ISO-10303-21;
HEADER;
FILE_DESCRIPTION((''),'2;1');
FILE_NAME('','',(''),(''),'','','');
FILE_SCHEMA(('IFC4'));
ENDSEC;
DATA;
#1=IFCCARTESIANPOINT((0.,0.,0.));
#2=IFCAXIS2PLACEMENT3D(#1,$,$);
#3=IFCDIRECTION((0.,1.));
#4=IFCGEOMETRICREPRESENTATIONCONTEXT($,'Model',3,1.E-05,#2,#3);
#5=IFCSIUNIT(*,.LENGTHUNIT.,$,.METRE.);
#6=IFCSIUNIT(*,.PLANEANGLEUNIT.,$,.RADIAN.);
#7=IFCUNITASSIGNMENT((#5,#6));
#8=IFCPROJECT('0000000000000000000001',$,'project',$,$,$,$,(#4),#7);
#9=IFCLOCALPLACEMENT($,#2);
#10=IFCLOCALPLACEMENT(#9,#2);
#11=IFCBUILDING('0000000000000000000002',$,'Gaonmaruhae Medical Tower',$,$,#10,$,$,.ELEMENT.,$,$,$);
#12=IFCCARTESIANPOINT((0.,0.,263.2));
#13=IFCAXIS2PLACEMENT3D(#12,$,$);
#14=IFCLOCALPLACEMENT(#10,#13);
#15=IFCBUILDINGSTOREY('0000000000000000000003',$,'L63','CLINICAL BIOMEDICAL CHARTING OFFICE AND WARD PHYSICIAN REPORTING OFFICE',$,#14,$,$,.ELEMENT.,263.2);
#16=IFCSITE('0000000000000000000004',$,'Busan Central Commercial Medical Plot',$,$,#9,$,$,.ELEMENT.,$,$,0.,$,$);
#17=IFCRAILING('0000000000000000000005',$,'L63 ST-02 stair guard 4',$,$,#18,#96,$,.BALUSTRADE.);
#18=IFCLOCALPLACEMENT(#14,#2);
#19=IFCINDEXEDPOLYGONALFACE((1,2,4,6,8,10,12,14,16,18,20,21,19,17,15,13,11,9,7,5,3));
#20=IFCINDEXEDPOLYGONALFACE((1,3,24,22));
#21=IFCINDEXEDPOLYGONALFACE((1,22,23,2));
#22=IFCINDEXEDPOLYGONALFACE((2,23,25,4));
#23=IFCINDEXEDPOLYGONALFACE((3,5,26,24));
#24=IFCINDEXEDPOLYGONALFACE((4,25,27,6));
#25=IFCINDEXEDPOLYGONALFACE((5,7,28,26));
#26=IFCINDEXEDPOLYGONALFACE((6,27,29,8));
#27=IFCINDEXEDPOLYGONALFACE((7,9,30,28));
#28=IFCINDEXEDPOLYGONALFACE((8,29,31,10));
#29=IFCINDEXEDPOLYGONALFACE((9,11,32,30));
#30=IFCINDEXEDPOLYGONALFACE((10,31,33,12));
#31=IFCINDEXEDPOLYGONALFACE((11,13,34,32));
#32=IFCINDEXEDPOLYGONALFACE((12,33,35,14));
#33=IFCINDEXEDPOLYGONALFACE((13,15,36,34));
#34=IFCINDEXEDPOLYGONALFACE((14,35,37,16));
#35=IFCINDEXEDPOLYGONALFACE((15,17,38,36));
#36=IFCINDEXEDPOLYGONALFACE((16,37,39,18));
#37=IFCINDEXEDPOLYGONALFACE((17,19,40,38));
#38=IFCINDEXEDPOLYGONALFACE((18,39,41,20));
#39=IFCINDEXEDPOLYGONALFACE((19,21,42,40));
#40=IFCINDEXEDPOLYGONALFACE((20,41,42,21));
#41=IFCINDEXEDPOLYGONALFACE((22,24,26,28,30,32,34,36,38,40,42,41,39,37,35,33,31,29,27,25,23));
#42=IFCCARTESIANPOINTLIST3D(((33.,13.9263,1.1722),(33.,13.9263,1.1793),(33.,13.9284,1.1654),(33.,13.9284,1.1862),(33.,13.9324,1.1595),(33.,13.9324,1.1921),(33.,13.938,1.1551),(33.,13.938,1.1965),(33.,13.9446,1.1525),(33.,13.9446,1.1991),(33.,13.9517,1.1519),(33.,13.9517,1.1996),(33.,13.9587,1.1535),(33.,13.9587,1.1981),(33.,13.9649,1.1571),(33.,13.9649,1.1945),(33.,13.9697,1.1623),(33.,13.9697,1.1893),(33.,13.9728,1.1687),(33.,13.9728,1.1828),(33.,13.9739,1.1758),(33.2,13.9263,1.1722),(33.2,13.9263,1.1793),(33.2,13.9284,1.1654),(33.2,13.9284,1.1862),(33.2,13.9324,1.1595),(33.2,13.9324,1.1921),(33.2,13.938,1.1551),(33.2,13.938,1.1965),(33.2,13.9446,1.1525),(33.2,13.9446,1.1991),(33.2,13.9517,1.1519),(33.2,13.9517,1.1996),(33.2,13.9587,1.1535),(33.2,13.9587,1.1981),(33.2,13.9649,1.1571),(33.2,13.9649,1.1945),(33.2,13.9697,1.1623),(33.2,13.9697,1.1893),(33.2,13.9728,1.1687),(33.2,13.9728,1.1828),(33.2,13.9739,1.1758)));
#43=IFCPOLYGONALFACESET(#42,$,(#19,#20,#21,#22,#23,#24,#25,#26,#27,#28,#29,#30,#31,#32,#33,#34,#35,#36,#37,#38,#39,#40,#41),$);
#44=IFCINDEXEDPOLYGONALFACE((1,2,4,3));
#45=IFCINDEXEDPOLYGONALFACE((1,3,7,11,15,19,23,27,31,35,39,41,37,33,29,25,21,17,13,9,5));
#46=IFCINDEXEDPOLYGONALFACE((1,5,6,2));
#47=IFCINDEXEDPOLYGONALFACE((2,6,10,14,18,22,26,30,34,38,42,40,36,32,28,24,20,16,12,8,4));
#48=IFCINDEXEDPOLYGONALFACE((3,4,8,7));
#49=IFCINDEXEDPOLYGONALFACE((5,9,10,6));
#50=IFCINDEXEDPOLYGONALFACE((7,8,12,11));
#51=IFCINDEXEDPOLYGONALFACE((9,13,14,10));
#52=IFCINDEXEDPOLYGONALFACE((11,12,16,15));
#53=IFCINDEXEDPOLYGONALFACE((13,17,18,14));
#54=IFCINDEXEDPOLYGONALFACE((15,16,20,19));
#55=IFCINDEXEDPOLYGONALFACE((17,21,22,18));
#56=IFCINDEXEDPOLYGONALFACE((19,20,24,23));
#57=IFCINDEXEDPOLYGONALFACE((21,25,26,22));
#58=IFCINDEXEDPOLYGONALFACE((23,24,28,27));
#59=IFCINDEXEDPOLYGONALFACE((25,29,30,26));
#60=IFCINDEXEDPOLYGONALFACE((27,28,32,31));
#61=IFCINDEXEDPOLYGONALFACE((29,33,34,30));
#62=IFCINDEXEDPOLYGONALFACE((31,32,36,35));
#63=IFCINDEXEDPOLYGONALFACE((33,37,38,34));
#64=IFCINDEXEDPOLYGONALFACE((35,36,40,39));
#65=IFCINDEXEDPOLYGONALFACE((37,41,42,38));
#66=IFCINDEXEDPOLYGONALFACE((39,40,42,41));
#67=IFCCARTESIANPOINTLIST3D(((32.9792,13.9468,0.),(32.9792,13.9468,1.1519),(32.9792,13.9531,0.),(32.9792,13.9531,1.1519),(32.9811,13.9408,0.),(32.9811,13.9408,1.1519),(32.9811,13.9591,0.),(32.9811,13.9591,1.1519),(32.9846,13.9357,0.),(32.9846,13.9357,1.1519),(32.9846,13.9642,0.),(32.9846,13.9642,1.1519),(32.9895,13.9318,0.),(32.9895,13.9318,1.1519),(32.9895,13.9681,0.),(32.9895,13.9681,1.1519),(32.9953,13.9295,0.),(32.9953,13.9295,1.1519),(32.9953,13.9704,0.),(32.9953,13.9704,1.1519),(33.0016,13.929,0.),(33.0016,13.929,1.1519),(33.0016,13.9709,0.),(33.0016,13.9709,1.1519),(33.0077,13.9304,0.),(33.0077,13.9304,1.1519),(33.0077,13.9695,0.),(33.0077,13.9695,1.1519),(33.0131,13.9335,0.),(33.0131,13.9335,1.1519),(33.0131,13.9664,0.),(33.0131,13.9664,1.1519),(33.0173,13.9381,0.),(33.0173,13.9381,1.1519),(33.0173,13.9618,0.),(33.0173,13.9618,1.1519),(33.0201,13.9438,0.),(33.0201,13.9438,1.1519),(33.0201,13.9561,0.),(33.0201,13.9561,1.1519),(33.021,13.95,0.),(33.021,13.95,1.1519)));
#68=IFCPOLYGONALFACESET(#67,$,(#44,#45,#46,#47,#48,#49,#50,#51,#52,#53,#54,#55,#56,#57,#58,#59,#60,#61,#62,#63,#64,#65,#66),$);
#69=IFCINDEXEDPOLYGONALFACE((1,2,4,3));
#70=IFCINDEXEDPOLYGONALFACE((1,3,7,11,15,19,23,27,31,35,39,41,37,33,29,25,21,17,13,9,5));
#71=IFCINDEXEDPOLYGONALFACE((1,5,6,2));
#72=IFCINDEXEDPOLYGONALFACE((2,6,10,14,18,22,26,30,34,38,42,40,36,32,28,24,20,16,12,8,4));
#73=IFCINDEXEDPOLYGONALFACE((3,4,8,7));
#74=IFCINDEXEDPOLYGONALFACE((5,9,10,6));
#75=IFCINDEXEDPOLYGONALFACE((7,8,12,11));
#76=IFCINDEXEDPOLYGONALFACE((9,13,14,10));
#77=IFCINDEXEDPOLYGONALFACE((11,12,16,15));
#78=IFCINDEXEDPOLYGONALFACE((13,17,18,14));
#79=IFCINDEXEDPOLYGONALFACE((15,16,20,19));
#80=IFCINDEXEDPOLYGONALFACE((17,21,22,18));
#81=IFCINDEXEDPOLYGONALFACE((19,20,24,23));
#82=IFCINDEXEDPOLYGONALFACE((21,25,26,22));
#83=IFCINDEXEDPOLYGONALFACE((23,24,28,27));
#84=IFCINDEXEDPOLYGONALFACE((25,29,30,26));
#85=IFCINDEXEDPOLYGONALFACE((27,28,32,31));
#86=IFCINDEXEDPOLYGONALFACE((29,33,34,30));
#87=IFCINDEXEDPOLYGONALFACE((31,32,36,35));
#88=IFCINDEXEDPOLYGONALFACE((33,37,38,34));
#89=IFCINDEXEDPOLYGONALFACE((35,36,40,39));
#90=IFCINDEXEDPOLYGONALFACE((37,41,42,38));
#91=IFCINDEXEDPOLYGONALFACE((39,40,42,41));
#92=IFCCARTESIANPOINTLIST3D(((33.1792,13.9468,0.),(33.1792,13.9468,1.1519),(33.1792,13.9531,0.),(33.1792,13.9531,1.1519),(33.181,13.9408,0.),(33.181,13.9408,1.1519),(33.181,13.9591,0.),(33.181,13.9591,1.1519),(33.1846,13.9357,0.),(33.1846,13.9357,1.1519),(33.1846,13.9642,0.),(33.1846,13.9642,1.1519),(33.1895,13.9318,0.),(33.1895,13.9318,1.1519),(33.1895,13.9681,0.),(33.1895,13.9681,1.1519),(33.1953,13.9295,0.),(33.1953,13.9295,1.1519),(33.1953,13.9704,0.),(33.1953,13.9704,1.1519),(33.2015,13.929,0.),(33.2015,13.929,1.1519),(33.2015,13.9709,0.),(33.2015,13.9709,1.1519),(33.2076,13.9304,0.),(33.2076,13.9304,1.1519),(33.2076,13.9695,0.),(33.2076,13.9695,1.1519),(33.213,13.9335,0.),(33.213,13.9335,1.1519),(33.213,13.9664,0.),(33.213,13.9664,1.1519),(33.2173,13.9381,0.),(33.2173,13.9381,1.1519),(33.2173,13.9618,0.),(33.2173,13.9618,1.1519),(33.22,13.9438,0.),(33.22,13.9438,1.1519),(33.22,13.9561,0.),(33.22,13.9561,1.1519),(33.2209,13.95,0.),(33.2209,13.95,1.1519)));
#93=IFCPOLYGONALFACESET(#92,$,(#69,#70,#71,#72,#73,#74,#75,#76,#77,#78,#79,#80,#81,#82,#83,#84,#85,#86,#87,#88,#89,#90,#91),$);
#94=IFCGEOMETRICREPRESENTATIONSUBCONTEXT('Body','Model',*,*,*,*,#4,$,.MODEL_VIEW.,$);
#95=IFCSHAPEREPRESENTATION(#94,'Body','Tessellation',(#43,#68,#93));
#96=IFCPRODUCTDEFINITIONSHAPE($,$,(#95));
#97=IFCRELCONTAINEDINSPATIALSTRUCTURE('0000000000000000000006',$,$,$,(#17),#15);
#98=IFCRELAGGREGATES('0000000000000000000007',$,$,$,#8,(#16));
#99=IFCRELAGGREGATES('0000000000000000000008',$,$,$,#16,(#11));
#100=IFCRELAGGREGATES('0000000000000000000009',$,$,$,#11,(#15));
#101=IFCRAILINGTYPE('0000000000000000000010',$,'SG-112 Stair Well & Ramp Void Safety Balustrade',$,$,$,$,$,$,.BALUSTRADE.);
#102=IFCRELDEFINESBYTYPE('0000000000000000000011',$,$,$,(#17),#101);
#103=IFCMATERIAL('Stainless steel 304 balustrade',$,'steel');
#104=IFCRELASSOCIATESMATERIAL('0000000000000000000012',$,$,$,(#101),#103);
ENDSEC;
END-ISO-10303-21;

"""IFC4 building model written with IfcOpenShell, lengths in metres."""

from ifc_helpers import new_model, si_unit, direction, frame, origin, origin_2d, place, context, subcontext, project, spatial, circle, extrude, material, type_object, element, save


model = new_model("IFC4")

# Units and contexts
model_context = context("Model", 3, precision=1e-05, world=origin(), true_north=direction((0.0, 1.0)))
body_context = subcontext(model_context, "Body", "Model", "MODEL_VIEW")
ifc_project = project(units=[si_unit("LENGTHUNIT", "METRE"), si_unit("PLANEANGLEUNIT", "RADIAN")], contexts=[model_context])

# Site, building, storey
site_placement = place(None, origin())
site = spatial("IfcSite", under=ifc_project, at=site_placement, Name="Busan Central Commercial Medical Plot", CompositionType="ELEMENT", RefElevation=0.0)
building_placement = place(site_placement, origin())
building = spatial("IfcBuilding", under=site, at=building_placement, Name="Gaonmaruhae Medical Tower", CompositionType="ELEMENT")
storey_placement = place(building_placement, frame((0.0, 0.0, 263.2)))
storey = spatial("IfcBuildingStorey", under=building, at=storey_placement, Name="L63", Description="CLINICAL BIOMEDICAL CHARTING OFFICE AND WARD PHYSICIAN REPORTING OFFICE", CompositionType="ELEMENT", Elevation=263.2)

# Railing
ifc_material_1 = material(Name="Stainless steel 304 balustrade", Category="steel")
railing_type_1 = type_object("IfcRailingType", Name="SG-112 Stair Well & Ramp Void Safety Balustrade", PredefinedType="BALUSTRADE", material=ifc_material_1)
railing_1_placement = place(storey_placement, frame((33.0, 13.95, 0.0)))
element("IfcRailing", 1, at=railing_1_placement, inside=storey, type_object=railing_type_1, Name="L63 ST-02 stair guard 4", PredefinedType="BALUSTRADE", context=body_context, shape_type="SweptSolid", body=[
    extrude(circle(Radius=0.0239, at=origin_2d()), frame((0.0, 0.0, 1.1758), z_axis=(1.0, 0.0, 0.0), x_axis=(0.0, 1.0, 0.0)), (0.0, 0.0, 1.0), 0.2),
    extrude(circle(Radius=0.021, at=origin_2d()), origin(), (0.0, 0.0, 1.0), 1.1519),
    extrude(circle(Radius=0.021, at=origin_2d()), frame((0.2, 0.0, 0.0)), (0.0, 0.0, 1.0), 1.1519),
])

save(model, "model.ifc")
